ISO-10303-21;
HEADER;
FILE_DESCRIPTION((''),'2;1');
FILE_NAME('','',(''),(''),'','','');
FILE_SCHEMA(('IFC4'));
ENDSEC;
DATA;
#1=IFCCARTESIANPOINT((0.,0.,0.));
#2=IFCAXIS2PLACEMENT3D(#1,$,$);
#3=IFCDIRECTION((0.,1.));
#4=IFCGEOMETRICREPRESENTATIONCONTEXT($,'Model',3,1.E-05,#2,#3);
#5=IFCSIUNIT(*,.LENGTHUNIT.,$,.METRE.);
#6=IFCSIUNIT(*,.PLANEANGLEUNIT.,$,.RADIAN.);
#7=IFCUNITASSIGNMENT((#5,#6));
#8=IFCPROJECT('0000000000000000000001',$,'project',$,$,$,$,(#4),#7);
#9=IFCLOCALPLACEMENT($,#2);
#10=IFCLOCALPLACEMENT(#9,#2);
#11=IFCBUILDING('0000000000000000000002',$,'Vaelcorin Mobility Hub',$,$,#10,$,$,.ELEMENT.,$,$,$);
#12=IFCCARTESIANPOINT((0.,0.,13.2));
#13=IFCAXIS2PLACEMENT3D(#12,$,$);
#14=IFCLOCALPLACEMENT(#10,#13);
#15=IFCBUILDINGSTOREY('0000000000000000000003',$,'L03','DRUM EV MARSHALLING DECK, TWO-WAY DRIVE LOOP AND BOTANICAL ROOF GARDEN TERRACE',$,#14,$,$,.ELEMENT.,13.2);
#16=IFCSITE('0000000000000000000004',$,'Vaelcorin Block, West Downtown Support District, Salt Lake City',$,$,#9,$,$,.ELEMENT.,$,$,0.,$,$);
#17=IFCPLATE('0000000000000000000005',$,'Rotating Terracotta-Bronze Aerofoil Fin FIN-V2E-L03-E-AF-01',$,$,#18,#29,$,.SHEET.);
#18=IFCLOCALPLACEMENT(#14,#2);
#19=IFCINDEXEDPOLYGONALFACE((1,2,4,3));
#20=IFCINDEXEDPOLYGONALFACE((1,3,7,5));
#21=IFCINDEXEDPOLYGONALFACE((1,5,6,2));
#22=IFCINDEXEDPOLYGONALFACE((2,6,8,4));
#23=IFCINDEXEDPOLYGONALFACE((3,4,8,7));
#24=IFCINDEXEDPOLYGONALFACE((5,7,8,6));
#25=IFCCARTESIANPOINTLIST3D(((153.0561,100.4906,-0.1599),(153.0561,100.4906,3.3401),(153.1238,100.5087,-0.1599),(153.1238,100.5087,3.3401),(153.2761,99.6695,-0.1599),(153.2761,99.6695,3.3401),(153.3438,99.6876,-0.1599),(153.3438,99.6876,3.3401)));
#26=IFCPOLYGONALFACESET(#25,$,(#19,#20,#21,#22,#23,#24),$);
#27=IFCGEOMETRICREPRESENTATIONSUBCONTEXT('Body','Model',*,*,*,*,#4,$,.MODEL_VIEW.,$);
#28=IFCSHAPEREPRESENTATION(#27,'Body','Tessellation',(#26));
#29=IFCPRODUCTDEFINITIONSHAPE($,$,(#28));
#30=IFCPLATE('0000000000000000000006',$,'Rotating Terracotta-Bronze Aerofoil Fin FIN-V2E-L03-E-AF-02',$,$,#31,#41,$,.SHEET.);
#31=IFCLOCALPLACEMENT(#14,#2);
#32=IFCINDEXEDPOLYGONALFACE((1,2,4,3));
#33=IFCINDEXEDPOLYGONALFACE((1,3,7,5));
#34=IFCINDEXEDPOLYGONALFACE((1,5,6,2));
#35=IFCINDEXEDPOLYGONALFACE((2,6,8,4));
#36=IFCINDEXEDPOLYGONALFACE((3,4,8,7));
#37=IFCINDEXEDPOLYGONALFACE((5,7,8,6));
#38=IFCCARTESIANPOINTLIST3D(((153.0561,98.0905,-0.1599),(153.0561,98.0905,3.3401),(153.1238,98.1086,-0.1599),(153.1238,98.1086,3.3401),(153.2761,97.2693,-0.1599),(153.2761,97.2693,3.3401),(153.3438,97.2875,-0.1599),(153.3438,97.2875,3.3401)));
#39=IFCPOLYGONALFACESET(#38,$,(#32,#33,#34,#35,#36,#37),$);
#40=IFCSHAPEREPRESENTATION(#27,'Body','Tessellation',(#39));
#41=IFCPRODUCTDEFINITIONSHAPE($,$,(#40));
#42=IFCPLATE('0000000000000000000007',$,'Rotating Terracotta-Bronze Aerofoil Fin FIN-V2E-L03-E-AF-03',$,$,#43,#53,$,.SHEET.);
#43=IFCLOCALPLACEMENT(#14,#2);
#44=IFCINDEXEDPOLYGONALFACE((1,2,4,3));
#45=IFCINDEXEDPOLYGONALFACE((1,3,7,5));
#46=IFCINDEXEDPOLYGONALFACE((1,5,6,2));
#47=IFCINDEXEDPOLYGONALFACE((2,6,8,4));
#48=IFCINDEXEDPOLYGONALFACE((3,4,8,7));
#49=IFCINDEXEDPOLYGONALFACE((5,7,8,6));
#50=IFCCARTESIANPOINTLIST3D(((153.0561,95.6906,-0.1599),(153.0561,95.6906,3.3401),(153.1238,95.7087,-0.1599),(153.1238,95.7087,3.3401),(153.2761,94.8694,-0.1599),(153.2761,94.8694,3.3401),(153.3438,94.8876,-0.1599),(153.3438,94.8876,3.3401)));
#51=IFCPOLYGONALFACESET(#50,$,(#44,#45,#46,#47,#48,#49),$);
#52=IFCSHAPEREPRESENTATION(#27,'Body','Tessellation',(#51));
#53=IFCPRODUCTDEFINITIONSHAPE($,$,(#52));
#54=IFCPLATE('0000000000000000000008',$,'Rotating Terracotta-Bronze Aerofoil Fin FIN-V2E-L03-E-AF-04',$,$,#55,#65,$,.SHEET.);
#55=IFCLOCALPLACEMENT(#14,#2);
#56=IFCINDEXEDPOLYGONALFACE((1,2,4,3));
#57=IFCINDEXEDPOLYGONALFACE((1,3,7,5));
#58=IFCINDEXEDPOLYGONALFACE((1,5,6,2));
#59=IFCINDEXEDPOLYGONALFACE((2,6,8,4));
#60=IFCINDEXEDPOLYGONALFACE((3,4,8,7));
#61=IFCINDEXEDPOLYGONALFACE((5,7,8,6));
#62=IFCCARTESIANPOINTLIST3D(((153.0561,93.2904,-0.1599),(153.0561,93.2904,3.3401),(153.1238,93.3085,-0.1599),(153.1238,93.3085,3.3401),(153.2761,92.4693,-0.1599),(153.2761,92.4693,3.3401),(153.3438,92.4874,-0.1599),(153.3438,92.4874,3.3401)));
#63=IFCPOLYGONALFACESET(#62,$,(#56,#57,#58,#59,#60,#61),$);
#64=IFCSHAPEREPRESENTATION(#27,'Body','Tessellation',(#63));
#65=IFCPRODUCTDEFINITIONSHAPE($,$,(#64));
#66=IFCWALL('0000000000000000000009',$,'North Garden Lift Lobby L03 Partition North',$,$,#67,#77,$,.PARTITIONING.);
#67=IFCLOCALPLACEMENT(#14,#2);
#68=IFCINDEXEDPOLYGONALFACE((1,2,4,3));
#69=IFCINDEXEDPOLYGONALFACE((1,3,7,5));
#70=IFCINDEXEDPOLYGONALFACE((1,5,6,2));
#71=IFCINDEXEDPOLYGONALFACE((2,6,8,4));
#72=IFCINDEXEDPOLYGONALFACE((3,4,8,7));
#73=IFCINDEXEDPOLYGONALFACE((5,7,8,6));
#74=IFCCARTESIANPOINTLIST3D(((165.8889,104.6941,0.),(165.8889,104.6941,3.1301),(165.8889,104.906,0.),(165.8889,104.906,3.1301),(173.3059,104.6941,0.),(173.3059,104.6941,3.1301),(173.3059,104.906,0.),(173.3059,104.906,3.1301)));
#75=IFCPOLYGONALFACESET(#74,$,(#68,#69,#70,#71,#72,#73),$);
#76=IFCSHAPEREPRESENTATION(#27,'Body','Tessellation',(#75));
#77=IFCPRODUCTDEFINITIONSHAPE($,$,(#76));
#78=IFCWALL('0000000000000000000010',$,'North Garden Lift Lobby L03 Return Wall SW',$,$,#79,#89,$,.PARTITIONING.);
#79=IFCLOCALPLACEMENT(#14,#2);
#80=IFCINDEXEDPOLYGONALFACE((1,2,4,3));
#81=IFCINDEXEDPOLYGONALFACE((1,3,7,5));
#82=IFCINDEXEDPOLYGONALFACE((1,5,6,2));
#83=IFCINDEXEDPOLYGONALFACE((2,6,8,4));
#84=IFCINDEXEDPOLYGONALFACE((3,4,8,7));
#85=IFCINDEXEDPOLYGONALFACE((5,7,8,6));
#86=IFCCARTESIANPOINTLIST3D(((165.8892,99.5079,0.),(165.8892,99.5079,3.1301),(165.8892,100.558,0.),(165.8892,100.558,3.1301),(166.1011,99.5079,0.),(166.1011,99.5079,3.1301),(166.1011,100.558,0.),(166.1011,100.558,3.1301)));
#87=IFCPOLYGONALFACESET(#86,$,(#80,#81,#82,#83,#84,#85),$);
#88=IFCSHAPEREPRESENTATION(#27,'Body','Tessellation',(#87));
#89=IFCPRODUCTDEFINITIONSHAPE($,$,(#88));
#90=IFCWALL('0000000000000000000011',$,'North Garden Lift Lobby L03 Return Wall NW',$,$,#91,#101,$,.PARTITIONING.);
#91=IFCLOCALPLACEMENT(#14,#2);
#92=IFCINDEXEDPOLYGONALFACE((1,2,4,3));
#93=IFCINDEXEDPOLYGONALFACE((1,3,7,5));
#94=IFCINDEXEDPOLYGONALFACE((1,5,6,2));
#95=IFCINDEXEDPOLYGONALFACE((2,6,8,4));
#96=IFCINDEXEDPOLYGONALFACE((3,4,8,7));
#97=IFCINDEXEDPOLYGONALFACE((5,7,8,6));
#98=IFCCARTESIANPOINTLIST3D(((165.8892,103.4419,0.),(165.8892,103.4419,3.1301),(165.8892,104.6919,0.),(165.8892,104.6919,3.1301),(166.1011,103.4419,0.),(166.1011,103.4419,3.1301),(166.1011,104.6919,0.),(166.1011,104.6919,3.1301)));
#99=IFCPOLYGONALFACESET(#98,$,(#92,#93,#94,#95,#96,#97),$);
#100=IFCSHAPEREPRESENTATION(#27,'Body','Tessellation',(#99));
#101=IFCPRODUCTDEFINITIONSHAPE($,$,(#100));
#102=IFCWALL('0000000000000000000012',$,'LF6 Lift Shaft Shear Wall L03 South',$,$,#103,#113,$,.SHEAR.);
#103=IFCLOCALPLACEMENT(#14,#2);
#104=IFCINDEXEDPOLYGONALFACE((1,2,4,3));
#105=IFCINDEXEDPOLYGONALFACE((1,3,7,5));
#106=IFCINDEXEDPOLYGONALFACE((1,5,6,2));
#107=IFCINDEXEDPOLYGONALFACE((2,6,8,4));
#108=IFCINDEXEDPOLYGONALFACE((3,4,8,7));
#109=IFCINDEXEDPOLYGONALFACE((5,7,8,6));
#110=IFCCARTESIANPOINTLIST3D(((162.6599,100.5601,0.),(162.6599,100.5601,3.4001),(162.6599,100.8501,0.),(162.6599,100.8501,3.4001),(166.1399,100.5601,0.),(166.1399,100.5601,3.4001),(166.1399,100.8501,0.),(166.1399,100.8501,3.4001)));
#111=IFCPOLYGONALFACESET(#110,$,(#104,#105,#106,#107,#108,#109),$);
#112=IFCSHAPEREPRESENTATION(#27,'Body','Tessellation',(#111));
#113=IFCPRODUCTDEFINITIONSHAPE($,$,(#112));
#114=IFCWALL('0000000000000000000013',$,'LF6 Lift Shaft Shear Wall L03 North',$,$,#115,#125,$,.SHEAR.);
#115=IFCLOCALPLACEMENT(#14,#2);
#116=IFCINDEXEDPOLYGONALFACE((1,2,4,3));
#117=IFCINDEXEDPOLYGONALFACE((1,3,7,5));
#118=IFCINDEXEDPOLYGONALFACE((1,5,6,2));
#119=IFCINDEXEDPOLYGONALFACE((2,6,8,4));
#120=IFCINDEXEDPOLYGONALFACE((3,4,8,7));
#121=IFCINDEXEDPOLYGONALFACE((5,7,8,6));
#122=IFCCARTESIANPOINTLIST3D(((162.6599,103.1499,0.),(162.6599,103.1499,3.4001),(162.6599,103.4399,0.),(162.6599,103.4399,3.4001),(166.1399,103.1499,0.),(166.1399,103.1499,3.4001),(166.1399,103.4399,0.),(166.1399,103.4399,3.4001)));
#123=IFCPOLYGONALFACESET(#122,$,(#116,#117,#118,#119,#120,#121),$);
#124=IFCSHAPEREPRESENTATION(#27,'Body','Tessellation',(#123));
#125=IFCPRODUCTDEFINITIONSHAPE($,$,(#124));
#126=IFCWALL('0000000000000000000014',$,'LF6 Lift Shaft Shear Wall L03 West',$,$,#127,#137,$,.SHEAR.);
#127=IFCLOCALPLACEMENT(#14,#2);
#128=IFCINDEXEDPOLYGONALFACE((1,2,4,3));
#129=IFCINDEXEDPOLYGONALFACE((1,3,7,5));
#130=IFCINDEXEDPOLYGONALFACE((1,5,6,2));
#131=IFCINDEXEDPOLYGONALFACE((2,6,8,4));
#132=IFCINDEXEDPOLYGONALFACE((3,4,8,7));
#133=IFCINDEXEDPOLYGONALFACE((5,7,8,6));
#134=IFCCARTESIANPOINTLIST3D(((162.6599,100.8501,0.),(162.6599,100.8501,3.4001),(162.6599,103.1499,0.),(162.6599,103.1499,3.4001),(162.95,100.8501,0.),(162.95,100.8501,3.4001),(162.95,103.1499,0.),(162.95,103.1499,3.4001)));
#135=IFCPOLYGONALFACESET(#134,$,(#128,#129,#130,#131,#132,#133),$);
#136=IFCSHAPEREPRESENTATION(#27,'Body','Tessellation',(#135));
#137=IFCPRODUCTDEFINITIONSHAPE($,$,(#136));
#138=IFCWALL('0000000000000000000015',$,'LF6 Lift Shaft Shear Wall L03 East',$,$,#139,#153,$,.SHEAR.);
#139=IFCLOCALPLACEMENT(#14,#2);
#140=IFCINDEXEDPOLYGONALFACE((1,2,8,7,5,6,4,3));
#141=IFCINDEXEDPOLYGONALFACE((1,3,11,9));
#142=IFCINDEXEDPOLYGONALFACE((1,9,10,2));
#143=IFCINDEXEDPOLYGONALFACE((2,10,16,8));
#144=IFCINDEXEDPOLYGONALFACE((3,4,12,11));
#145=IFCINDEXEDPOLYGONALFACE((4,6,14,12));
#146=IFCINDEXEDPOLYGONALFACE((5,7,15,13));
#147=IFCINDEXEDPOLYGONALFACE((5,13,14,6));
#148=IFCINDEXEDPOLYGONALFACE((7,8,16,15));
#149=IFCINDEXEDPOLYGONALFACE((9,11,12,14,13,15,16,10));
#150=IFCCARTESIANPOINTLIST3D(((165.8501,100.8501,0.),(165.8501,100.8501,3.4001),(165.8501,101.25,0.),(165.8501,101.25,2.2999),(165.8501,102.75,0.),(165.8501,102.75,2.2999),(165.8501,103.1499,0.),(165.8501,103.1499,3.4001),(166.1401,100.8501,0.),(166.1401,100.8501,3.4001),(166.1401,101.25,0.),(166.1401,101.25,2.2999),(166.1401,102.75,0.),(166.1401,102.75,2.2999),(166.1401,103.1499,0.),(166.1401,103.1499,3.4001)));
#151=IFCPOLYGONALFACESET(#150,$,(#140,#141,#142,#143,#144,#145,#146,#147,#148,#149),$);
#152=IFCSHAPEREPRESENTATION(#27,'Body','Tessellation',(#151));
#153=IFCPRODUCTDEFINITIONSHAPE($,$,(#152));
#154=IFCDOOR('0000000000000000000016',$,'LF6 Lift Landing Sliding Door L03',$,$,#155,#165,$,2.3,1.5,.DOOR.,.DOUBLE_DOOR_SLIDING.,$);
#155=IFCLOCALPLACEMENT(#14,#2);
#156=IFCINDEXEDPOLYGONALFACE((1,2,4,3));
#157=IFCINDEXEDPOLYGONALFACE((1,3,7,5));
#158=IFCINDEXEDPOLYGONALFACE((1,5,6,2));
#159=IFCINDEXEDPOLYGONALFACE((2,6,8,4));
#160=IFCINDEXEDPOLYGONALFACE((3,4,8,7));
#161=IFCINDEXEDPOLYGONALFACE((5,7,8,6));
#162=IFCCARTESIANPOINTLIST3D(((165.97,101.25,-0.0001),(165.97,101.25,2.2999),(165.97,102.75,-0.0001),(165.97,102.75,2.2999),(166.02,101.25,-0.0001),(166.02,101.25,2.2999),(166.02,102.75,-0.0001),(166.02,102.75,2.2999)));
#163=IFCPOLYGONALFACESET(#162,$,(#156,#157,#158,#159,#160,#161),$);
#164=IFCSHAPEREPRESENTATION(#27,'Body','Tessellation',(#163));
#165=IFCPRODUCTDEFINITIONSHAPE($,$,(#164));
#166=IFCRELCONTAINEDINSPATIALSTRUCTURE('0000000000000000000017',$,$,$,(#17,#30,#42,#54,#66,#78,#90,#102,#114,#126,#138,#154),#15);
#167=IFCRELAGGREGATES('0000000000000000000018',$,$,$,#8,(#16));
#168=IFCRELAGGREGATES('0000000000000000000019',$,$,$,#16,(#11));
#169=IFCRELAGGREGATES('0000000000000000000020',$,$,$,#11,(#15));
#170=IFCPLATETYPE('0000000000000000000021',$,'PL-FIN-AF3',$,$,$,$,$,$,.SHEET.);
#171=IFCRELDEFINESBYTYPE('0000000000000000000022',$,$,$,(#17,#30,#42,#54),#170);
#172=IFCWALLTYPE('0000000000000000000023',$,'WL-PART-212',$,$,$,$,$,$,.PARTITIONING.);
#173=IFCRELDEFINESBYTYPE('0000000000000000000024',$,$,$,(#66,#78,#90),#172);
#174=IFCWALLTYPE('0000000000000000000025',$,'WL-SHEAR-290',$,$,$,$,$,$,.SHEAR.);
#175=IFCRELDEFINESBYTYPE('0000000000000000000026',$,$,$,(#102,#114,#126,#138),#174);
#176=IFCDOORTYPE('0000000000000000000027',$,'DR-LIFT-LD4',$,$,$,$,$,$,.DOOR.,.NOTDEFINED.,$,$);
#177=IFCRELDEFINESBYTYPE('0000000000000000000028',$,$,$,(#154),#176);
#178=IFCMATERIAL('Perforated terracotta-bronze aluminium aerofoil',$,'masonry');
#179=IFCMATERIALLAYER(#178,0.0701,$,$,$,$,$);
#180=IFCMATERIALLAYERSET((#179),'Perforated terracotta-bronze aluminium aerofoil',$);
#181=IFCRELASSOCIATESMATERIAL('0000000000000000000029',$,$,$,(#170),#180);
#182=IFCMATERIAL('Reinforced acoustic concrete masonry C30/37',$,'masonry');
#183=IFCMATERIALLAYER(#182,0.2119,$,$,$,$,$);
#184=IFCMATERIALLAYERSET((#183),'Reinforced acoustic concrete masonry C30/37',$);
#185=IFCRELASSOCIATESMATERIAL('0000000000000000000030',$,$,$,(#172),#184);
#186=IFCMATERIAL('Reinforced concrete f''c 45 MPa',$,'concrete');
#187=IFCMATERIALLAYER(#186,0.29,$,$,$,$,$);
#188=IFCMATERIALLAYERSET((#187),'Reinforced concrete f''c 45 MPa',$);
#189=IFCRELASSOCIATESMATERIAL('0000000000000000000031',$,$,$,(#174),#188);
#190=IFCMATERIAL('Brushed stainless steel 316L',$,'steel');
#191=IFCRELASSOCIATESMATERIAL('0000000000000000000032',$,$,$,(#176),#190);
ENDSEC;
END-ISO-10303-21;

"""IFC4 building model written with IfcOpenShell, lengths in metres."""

from ifc_helpers import new_model, si_unit, direction, frame, frame_2d, origin, origin_2d, place, context, subcontext, project, spatial, rectangle, extrude, material, layer, layer_set, type_object, element, fill, save


model = new_model("IFC4")

# Units and contexts
model_context = context("Model", 3, precision=1e-05, world=origin(), true_north=direction((0.0, 1.0)))
body_context = subcontext(model_context, "Body", "Model", "MODEL_VIEW")
ifc_project = project(units=[si_unit("LENGTHUNIT", "METRE"), si_unit("PLANEANGLEUNIT", "RADIAN")], contexts=[model_context])

# Site, building, storey
site_placement = place(None, origin())
site = spatial("IfcSite", under=ifc_project, at=site_placement, Name="Vaelcorin Block, West Downtown Support District, Salt Lake City", CompositionType="ELEMENT", RefElevation=0.0)
building_placement = place(site_placement, origin())
building = spatial("IfcBuilding", under=site, at=building_placement, Name="Vaelcorin Mobility Hub", CompositionType="ELEMENT")
storey_placement = place(building_placement, frame((0.0, 0.0, 13.2)))
storey = spatial("IfcBuildingStorey", under=building, at=storey_placement, Name="L03", Description="DRUM EV MARSHALLING DECK, TWO-WAY DRIVE LOOP AND BOTANICAL ROOF GARDEN TERRACE", CompositionType="ELEMENT", Elevation=13.2)

# Plates
ifc_material_1 = material(Name="Perforated terracotta-bronze aluminium aerofoil", Category="masonry")
ifc_layer_1 = layer(ifc_material_1, 0.0701)
ifc_layer_set_1 = layer_set([ifc_layer_1], Name="Perforated terracotta-bronze aluminium aerofoil")
plate_type = type_object("IfcPlateType", Name="PL-FIN-AF3", PredefinedType="SHEET", material=ifc_layer_set_1)
for number, where, z_axis, x_axis, name in (
    (1, (153.2, 100.0891, -0.1599), (0.0, 0.0, 1.0), (0.258819, -0.965926, 0.0), "Rotating Terracotta-Bronze Aerofoil Fin FIN-V2E-L03-E-AF-01"),
    (2, (153.2, 97.689, -0.1599), (0.0, 0.0, 1.0), (0.258819, -0.965926, 0.0), "Rotating Terracotta-Bronze Aerofoil Fin FIN-V2E-L03-E-AF-02"),
    (3, (153.2, 95.2891, -0.1599), (0.0, 0.0, 1.0), (0.258819, -0.965926, 0.0), "Rotating Terracotta-Bronze Aerofoil Fin FIN-V2E-L03-E-AF-03"),
    (4, (153.2, 92.8889, -0.1599), (0.0, 0.0, 1.0), (0.258819, -0.965926, 0.0), "Rotating Terracotta-Bronze Aerofoil Fin FIN-V2E-L03-E-AF-04"),
):
    element("IfcPlate", number, at=place(storey_placement, frame(where, z_axis=z_axis, x_axis=x_axis)), inside=storey, type_object=plate_type, Name=name, PredefinedType="SHEET", context=body_context, shape_type="SweptSolid", body=[
        extrude(rectangle(XDim=0.8501, YDim=0.0701, at=origin_2d()), origin(), (0.0, 0.0, 1.0), 3.5),
    ])

# Walls
ifc_material_2 = material(Name="Reinforced acoustic concrete masonry C30/37", Category="masonry")
ifc_layer_2 = layer(ifc_material_2, 0.2119)
ifc_layer_set_2 = layer_set([ifc_layer_2], Name="Reinforced acoustic concrete masonry C30/37")
wall_type_1 = type_object("IfcWallType", Name="WL-PART-212", PredefinedType="PARTITIONING", material=ifc_layer_set_2)
wall_1_placement = place(storey_placement, frame((165.8889, 104.8, 0.0), z_axis=(0.0, 0.0, 1.0), x_axis=(1.0, 0.0, 0.0)))
element("IfcWall", 5, at=wall_1_placement, inside=storey, type_object=wall_type_1, Name="North Garden Lift Lobby L03 Partition North", PredefinedType="PARTITIONING", context=body_context, shape_type="SweptSolid", body=[
    extrude(rectangle(XDim=7.417, YDim=0.2119, at=frame_2d((3.7085, 0.0))), origin(), (0.0, 0.0, 1.0), 3.1301),
])
wall_2_placement = place(storey_placement, frame((165.9951, 99.5081, 0.0), z_axis=(0.0, 0.0, 1.0), x_axis=(0.0, 1.0, 0.0)))
element("IfcWall", 6, at=wall_2_placement, inside=storey, type_object=wall_type_1, Name="North Garden Lift Lobby L03 Return Wall SW", PredefinedType="PARTITIONING", context=body_context, shape_type="SweptSolid", body=[
    extrude(rectangle(XDim=1.05, YDim=0.2119, at=frame_2d((0.5249, 0.0))), origin(), (0.0, 0.0, 1.0), 3.1301),
])
wall_3_placement = place(storey_placement, frame((165.9951, 103.4419, 0.0), z_axis=(0.0, 0.0, 1.0), x_axis=(0.0, 1.0, 0.0)))
element("IfcWall", 7, at=wall_3_placement, inside=storey, type_object=wall_type_1, Name="North Garden Lift Lobby L03 Return Wall NW", PredefinedType="PARTITIONING", context=body_context, shape_type="SweptSolid", body=[
    extrude(rectangle(XDim=1.25, YDim=0.2119, at=frame_2d((0.625, 0.0))), origin(), (0.0, 0.0, 1.0), 3.1301),
])
ifc_material_3 = material(Name="Reinforced concrete f'c 45 MPa", Category="concrete")
ifc_layer_3 = layer(ifc_material_3, 0.29)
ifc_layer_set_3 = layer_set([ifc_layer_3], Name="Reinforced concrete f'c 45 MPa")
wall_type_2 = type_object("IfcWallType", Name="WL-SHEAR-290", PredefinedType="SHEAR", material=ifc_layer_set_3)
for number, where, z_axis, x_axis, name in (
    (8, (166.1399, 100.7051, 0.0), (0.0, 0.0, 1.0), (-1.0, 0.0, 0.0), "LF6 Lift Shaft Shear Wall L03 South"),
    (9, (162.6599, 103.2949, 0.0), (0.0, 0.0, 1.0), (1.0, 0.0, 0.0), "LF6 Lift Shaft Shear Wall L03 North"),
):
    element("IfcWall", number, at=place(storey_placement, frame(where, z_axis=z_axis, x_axis=x_axis)), inside=storey, type_object=wall_type_2, Name=name, PredefinedType="SHEAR", context=body_context, shape_type="SweptSolid", body=[
        extrude(rectangle(XDim=3.48, YDim=0.29, at=frame_2d((1.74, 0.0))), origin(), (0.0, 0.0, 1.0), 3.4001),
    ])
wall_4_placement = place(storey_placement, frame((162.8049, 100.8501, 0.0), z_axis=(0.0, 0.0, 1.0), x_axis=(0.0, 1.0, 0.0)))
element("IfcWall", 10, at=wall_4_placement, inside=storey, type_object=wall_type_2, Name="LF6 Lift Shaft Shear Wall L03 West", PredefinedType="SHEAR", context=body_context, shape_type="SweptSolid", body=[
    extrude(rectangle(XDim=2.2998, YDim=0.29, at=frame_2d((1.1499, 0.0))), origin(), (0.0, 0.0, 1.0), 3.4001),
])

# Wall, opening, door
wall_5_placement = place(storey_placement, frame((165.9951, 103.1499, 0.0), z_axis=(0.0, 0.0, 1.0), x_axis=(0.0, -1.0, 0.0)))
wall_5 = element("IfcWall", 11, at=wall_5_placement, inside=storey, type_object=wall_type_2, Name="LF6 Lift Shaft Shear Wall L03 East", PredefinedType="SHEAR", context=body_context, shape_type="SweptSolid", body=[
    extrude(rectangle(XDim=2.2998, YDim=0.29, at=frame_2d((1.1499, 0.0))), origin(), (0.0, 0.0, 1.0), 3.4001),
])
opening_placement = place(wall_5_placement, frame((0.3999, 0.0, 0.0)))
opening = element("IfcOpeningElement", 12, at=opening_placement, cuts=wall_5, PredefinedType="OPENING", context=body_context, shape_type="SweptSolid", body=[
    extrude(rectangle(XDim=1.5, YDim=2.3, at=frame_2d((0.75, 1.1499))), frame((0.0, 0.155, 0.0), z_axis=(0.0, -1.0, 0.0), x_axis=(1.0, 0.0, 0.0)), (0.0, 0.0, 1.0), 0.3101),
])
ifc_material_4 = material(Name="Brushed stainless steel 316L", Category="steel")
door_type = type_object("IfcDoorType", Name="DR-LIFT-LD4", OperationType="NOTDEFINED", PredefinedType="DOOR", material=ifc_material_4)
door_placement = place(opening_placement, origin())
door = element("IfcDoor", 13, at=door_placement, inside=storey, type_object=door_type, Name="LF6 Lift Landing Sliding Door L03", OperationType="DOUBLE_DOOR_SLIDING", OverallHeight=2.3, OverallWidth=1.5, PredefinedType="DOOR", context=body_context, shape_type="SweptSolid", body=[
    extrude(rectangle(XDim=1.5, YDim=2.3, at=frame_2d((0.75, 1.1499))), frame((0.0, 0.0249, 0.0), z_axis=(0.0, -1.0, 0.0), x_axis=(1.0, 0.0, 0.0)), (0.0, 0.0, 1.0), 0.05),
])
fill(opening, door)

save(model, "model.ifc")
